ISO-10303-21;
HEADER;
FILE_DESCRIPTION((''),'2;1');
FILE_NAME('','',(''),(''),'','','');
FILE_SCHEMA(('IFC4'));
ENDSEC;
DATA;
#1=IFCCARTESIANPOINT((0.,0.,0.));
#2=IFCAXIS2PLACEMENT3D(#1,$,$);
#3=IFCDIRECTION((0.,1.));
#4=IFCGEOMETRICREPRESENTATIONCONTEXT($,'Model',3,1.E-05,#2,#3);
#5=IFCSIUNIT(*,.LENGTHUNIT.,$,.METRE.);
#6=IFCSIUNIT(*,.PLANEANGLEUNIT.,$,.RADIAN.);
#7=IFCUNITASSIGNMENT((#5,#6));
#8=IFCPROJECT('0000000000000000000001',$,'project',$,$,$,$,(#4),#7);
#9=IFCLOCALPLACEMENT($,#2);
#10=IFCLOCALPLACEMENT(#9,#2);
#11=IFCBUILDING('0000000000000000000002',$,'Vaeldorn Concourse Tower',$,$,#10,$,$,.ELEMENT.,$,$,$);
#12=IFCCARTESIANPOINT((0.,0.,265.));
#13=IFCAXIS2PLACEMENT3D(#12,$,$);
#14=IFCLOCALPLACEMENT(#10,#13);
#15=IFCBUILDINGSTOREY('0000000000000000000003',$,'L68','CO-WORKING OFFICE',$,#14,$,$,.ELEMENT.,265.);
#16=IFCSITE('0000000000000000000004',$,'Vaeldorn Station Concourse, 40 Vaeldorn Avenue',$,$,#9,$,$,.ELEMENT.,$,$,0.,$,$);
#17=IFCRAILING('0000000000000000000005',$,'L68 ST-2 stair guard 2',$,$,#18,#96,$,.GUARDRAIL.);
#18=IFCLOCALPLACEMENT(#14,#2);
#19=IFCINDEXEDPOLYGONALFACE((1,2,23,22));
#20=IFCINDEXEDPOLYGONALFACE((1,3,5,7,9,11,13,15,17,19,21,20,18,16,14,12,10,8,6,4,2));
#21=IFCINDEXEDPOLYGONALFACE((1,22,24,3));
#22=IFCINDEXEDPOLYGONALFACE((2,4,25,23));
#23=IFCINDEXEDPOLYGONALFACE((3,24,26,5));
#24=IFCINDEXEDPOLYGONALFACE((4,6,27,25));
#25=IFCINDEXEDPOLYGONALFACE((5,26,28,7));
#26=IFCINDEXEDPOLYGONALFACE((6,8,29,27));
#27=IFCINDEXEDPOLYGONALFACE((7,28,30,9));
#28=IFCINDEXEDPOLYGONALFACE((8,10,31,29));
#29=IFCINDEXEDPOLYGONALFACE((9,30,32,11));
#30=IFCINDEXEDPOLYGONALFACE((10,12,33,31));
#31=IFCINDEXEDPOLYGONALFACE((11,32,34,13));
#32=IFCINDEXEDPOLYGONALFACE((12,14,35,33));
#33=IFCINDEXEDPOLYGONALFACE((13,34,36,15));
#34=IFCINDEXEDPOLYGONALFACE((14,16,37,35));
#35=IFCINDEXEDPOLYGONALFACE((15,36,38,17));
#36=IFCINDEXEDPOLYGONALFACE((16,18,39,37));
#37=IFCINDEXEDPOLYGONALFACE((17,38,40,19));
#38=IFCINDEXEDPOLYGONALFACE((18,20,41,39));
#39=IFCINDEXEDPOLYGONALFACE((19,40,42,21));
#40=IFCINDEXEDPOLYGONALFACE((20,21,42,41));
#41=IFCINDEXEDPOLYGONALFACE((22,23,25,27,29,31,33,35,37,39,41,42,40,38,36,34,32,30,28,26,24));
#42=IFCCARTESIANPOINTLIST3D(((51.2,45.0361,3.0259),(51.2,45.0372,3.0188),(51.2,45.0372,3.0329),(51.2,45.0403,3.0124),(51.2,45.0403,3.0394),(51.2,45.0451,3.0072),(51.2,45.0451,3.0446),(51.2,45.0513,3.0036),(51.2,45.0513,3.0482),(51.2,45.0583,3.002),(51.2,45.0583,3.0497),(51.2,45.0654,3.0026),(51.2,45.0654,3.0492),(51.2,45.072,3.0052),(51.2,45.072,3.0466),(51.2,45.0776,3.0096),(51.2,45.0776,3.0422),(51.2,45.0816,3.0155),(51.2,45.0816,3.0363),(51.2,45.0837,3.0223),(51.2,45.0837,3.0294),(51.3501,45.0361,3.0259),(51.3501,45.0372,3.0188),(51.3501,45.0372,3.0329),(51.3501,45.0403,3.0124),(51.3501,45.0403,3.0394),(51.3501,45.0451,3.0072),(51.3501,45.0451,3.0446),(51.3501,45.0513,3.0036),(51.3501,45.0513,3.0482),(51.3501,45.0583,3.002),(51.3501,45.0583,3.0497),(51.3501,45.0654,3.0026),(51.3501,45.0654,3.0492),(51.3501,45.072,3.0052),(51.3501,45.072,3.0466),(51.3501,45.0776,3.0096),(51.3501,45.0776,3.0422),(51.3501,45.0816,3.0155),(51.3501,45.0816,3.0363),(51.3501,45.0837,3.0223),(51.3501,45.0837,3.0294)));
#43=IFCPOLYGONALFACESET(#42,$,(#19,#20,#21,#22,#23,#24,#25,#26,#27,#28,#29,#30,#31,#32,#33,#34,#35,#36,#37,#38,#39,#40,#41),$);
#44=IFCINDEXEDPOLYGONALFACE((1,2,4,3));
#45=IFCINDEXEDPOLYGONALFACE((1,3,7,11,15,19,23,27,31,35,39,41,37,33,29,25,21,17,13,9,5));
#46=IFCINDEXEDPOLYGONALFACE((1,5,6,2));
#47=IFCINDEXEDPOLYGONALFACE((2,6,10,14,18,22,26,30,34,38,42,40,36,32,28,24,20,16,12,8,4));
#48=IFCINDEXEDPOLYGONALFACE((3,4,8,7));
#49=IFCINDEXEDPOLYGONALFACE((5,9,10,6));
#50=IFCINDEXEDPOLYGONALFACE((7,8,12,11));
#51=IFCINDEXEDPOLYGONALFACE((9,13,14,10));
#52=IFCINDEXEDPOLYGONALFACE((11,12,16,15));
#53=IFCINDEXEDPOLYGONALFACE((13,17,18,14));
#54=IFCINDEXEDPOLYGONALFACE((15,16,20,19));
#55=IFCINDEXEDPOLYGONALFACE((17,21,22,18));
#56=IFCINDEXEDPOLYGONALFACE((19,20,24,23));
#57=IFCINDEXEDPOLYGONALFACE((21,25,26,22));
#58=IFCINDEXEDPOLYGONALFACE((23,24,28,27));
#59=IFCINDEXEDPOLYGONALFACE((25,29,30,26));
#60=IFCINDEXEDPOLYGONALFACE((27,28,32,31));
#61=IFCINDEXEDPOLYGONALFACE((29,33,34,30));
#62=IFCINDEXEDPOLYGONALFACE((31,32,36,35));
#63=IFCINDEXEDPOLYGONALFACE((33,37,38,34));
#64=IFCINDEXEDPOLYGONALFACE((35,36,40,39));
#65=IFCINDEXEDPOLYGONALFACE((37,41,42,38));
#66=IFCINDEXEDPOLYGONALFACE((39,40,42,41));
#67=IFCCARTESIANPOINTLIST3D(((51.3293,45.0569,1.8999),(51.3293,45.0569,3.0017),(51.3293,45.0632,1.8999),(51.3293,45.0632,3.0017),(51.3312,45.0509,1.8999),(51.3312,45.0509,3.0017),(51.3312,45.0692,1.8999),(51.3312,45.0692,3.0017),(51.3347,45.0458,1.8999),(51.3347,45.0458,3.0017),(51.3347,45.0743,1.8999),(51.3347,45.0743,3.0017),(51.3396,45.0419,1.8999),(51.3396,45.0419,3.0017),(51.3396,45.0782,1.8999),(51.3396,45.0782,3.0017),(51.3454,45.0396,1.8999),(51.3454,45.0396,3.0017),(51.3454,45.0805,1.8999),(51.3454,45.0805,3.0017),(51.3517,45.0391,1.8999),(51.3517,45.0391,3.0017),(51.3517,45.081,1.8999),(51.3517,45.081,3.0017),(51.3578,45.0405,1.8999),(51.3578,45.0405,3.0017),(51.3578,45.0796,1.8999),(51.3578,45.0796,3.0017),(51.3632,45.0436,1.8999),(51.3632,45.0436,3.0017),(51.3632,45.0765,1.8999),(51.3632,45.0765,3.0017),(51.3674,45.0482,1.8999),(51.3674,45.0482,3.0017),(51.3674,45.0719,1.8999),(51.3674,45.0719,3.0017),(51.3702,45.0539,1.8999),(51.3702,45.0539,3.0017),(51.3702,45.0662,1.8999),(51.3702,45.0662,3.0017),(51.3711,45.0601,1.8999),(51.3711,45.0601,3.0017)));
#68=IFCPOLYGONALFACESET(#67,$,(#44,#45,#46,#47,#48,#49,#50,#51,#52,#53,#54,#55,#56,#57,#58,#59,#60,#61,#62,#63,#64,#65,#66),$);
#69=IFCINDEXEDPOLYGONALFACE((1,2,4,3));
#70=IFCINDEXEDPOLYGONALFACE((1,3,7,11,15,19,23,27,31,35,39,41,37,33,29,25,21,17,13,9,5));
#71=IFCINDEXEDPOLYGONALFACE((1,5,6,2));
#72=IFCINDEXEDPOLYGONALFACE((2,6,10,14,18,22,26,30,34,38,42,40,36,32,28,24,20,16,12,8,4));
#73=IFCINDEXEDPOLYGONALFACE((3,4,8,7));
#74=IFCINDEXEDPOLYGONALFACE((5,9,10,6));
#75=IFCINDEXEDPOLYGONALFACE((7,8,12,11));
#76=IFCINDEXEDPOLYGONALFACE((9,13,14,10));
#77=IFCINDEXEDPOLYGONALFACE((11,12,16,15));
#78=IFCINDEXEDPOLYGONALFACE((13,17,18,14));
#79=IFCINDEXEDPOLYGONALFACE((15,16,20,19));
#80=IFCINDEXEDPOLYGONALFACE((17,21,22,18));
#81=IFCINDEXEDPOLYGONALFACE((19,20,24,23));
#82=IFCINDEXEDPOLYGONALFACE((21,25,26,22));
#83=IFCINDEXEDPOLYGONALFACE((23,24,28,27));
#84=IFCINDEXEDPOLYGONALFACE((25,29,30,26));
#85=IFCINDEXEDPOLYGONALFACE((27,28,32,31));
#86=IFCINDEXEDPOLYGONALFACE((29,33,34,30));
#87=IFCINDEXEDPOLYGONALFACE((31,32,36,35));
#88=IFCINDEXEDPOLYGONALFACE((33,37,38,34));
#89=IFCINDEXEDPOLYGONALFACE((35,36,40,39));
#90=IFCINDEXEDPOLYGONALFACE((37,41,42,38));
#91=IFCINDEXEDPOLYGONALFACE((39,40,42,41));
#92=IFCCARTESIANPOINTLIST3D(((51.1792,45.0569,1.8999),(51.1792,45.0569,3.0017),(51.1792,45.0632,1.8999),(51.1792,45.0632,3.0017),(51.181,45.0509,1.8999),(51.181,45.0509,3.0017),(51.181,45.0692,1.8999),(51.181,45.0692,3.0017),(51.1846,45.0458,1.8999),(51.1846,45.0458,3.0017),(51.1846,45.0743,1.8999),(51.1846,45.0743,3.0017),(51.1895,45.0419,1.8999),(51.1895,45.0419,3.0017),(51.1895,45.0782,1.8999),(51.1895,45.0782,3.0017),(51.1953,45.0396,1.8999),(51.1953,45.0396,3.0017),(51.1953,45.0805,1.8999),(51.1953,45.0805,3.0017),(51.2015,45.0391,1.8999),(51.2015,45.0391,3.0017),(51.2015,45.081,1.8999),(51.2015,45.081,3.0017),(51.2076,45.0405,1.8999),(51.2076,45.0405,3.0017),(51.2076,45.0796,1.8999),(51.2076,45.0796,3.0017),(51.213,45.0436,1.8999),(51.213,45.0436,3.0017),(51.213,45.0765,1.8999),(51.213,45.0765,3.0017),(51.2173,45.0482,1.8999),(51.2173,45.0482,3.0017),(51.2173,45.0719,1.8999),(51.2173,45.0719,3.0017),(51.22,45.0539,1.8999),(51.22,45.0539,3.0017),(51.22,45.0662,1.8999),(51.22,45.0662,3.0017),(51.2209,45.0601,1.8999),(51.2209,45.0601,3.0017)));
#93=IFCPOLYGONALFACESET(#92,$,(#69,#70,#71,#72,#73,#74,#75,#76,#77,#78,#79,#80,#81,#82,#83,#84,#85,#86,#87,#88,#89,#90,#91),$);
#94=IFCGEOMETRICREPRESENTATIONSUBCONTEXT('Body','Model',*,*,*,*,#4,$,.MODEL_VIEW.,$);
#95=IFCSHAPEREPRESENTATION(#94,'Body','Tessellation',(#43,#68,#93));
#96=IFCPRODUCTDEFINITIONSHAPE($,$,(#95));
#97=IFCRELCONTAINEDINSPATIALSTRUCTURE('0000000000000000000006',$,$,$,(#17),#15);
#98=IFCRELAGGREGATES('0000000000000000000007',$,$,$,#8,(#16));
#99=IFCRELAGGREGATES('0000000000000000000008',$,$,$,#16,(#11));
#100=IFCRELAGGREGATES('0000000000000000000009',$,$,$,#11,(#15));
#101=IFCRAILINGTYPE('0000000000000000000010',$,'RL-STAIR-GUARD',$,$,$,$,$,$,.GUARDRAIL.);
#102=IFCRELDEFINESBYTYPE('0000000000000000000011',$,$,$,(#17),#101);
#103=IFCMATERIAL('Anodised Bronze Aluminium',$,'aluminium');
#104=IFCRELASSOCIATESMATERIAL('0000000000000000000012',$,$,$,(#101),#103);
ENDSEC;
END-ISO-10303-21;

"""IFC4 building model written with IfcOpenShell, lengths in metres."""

from ifc_helpers import new_model, si_unit, direction, frame, origin, origin_2d, place, context, subcontext, project, spatial, circle, extrude, material, type_object, element, save


model = new_model("IFC4")

# Units and contexts
model_context = context("Model", 3, precision=1e-05, world=origin(), true_north=direction((0.0, 1.0)))
body_context = subcontext(model_context, "Body", "Model", "MODEL_VIEW")
ifc_project = project(units=[si_unit("LENGTHUNIT", "METRE"), si_unit("PLANEANGLEUNIT", "RADIAN")], contexts=[model_context])

# Site, building, storey
site_placement = place(None, origin())
site = spatial("IfcSite", under=ifc_project, at=site_placement, Name="Vaeldorn Station Concourse, 40 Vaeldorn Avenue", CompositionType="ELEMENT", RefElevation=0.0)
building_placement = place(site_placement, origin())
building = spatial("IfcBuilding", under=site, at=building_placement, Name="Vaeldorn Concourse Tower", CompositionType="ELEMENT")
storey_placement = place(building_placement, frame((0.0, 0.0, 265.0)))
storey = spatial("IfcBuildingStorey", under=building, at=storey_placement, Name="L68", Description="CO-WORKING OFFICE", CompositionType="ELEMENT", Elevation=265.0)

# Shared definitions
ifc_material_1 = material(Name="Anodised Bronze Aluminium", Category="aluminium")

# Railing
railing_type_1 = type_object("IfcRailingType", Name="RL-STAIR-GUARD", PredefinedType="GUARDRAIL", material=ifc_material_1)
railing_1_placement = place(storey_placement, frame((51.3501, 45.0601, 1.8999)))
element("IfcRailing", 1, at=railing_1_placement, inside=storey, type_object=railing_type_1, Name="L68 ST-2 stair guard 2", PredefinedType="GUARDRAIL", context=body_context, shape_type="SweptSolid", body=[
    extrude(circle(Radius=0.0239, at=origin_2d()), frame((0.0, 0.0, 1.126), z_axis=(-1.0, 0.0, 0.0), x_axis=(0.0, -1.0, 0.0)), (0.0, 0.0, 1.0), 0.1501),
    extrude(circle(Radius=0.021, at=origin_2d()), origin(), (0.0, 0.0, 1.0), 1.1018),
    extrude(circle(Radius=0.021, at=origin_2d()), frame((-0.1501, 0.0, 0.0)), (0.0, 0.0, 1.0), 1.1018),
])

save(model, "model.ifc")
